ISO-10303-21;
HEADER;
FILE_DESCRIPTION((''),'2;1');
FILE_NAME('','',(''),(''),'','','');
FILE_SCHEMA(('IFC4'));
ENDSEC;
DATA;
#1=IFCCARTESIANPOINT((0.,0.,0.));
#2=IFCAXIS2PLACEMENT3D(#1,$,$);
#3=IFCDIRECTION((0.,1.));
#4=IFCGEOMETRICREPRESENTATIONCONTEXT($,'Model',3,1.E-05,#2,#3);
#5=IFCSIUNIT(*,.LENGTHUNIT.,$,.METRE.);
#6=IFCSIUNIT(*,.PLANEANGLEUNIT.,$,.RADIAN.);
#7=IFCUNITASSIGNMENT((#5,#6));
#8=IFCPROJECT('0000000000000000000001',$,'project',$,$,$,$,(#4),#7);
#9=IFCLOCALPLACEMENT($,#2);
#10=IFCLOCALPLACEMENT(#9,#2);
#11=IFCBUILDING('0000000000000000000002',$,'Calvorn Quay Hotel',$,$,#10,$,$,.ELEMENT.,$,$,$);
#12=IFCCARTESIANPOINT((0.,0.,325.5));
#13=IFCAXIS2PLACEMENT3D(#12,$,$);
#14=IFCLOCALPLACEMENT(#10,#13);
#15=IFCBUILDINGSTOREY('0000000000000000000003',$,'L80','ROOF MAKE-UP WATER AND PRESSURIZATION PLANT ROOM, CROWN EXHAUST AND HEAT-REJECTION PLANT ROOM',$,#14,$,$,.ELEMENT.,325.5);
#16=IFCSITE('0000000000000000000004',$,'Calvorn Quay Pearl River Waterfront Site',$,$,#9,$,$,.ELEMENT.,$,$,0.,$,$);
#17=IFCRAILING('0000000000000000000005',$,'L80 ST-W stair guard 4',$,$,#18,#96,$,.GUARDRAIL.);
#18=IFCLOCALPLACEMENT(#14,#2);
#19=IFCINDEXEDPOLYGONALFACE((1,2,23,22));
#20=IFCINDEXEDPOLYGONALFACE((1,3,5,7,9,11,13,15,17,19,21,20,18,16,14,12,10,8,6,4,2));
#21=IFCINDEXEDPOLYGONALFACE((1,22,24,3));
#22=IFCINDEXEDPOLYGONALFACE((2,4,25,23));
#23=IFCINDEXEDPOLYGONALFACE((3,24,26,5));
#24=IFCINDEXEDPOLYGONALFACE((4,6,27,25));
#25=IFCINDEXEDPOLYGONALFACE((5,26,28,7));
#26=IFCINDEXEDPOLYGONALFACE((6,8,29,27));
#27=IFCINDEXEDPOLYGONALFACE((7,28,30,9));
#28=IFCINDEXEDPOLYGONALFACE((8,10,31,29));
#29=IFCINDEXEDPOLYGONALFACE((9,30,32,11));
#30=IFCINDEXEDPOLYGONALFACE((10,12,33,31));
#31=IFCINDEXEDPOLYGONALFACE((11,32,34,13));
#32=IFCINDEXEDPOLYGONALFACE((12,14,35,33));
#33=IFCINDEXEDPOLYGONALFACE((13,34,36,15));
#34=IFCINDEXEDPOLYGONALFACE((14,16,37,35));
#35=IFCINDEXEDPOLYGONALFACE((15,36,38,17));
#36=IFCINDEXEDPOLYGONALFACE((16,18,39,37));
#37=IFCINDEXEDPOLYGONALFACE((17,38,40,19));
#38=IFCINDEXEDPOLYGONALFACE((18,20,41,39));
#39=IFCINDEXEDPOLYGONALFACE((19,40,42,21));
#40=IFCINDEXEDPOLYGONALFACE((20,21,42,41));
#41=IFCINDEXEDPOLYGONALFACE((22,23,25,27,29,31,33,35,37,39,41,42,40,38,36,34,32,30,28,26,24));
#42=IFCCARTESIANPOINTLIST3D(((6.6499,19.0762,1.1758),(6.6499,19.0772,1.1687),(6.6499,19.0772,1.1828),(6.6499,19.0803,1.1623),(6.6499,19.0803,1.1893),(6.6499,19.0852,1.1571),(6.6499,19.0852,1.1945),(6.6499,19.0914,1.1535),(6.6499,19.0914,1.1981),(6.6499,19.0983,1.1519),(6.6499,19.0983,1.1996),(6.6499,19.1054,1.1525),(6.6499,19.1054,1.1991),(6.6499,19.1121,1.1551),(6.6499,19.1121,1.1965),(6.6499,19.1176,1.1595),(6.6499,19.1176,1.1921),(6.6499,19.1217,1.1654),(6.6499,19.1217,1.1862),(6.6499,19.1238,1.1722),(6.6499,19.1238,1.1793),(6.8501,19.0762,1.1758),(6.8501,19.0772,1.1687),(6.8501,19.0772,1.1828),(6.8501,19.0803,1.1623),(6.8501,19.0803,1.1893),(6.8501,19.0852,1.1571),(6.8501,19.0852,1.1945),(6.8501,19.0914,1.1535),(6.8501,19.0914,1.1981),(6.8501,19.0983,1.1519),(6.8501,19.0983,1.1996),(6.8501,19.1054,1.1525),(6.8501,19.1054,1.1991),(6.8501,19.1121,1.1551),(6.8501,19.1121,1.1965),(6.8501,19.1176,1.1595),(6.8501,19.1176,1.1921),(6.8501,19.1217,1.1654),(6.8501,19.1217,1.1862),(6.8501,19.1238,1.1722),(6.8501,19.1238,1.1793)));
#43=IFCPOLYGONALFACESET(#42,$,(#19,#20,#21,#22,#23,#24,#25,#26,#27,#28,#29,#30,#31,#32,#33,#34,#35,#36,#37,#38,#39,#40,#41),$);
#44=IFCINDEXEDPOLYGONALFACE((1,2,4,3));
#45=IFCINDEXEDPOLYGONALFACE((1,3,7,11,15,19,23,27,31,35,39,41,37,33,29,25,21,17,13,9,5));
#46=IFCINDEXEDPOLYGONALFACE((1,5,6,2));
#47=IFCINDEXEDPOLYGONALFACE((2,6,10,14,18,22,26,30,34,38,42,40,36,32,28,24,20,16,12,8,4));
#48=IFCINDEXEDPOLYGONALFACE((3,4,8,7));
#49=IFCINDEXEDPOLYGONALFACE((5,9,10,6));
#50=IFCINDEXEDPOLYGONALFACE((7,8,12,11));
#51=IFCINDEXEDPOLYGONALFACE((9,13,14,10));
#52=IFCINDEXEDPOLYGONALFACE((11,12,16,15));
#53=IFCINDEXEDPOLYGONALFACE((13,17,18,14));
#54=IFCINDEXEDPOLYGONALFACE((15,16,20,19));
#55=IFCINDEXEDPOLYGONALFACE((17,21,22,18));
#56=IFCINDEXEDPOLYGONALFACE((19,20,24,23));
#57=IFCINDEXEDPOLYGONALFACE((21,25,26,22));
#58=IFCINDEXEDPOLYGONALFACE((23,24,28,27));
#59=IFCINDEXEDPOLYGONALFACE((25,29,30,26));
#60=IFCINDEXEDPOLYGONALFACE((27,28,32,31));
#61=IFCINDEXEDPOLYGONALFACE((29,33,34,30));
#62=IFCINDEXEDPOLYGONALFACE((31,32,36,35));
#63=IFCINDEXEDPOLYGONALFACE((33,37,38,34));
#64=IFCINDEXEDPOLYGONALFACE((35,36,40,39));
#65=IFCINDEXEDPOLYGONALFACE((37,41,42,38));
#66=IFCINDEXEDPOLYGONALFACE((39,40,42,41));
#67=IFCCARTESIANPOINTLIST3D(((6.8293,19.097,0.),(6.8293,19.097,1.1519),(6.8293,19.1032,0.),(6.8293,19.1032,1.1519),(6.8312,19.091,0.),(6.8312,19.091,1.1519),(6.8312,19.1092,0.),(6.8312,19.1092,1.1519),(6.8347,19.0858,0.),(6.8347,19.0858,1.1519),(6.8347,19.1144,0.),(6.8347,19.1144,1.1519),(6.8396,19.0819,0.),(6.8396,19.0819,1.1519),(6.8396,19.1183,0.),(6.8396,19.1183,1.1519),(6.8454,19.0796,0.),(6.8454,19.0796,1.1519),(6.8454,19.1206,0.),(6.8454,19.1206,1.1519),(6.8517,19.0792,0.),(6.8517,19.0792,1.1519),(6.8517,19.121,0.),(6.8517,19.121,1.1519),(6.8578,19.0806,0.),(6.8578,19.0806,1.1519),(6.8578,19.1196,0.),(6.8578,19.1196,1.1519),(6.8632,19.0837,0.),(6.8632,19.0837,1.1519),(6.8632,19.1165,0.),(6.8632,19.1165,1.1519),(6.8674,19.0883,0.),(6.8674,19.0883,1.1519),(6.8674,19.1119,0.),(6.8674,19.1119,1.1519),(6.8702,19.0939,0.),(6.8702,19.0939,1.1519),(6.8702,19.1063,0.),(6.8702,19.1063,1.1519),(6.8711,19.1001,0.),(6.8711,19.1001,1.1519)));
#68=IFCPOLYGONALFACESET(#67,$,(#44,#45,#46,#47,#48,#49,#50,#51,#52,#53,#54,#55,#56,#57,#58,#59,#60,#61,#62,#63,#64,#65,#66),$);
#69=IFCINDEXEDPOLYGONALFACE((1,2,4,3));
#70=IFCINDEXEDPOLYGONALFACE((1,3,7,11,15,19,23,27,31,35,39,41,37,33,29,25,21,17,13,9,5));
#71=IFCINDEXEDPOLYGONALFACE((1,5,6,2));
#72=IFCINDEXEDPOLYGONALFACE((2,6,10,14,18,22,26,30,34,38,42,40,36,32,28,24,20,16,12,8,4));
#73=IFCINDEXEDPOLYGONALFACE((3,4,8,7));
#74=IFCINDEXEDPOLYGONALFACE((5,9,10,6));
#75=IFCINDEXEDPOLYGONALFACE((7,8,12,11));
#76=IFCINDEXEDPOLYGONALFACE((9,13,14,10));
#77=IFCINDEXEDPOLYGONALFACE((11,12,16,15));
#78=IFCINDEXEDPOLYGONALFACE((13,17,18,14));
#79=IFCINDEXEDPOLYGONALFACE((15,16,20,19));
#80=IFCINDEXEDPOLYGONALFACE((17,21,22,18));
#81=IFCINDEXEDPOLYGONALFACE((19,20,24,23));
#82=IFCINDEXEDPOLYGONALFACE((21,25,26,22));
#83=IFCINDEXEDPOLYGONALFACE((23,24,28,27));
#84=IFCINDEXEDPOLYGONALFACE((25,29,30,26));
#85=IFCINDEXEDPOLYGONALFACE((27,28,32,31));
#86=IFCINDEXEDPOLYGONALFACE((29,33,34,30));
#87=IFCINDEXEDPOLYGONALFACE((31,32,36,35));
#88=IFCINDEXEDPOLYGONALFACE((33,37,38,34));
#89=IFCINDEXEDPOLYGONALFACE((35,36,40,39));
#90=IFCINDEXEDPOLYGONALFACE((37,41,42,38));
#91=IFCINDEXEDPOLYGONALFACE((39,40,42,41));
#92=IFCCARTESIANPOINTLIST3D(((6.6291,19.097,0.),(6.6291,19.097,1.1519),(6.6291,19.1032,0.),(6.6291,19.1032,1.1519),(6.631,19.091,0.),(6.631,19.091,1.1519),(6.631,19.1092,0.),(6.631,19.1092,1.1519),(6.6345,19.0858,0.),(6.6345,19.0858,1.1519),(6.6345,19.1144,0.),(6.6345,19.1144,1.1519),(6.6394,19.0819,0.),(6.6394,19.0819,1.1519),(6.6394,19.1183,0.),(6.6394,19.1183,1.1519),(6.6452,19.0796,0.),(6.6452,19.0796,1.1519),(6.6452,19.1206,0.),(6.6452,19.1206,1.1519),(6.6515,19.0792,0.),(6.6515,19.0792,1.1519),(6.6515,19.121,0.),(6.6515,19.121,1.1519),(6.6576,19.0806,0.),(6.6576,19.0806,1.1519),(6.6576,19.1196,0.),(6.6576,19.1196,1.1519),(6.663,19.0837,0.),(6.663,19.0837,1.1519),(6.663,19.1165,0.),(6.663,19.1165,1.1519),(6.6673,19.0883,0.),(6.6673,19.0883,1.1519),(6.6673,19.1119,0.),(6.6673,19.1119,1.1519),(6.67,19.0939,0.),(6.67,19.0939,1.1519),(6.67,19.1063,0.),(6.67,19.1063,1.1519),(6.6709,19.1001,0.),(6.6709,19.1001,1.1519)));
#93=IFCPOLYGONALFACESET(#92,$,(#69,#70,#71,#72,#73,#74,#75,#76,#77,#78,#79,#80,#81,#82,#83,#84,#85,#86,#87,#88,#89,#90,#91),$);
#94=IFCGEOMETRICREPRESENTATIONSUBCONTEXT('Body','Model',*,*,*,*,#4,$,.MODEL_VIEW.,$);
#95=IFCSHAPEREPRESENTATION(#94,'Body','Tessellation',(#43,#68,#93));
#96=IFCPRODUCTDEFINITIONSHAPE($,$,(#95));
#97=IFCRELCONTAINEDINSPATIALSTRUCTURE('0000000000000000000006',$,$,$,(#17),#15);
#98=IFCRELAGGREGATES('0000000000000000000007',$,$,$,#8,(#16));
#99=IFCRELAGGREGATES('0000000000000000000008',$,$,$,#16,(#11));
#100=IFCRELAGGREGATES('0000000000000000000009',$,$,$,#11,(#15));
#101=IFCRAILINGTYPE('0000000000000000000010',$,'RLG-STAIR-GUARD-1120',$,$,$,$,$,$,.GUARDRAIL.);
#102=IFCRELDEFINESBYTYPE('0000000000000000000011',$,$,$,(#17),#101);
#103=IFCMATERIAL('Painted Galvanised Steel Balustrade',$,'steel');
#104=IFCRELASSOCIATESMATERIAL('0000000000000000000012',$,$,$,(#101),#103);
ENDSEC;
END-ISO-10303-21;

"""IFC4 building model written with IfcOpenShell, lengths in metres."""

from ifc_helpers import new_model, si_unit, direction, frame, origin, origin_2d, place, context, subcontext, project, spatial, circle, extrude, material, type_object, element, save


model = new_model("IFC4")

# Units and contexts
model_context = context("Model", 3, precision=1e-05, world=origin(), true_north=direction((0.0, 1.0)))
body_context = subcontext(model_context, "Body", "Model", "MODEL_VIEW")
ifc_project = project(units=[si_unit("LENGTHUNIT", "METRE"), si_unit("PLANEANGLEUNIT", "RADIAN")], contexts=[model_context])

# Site, building, storey
site_placement = place(None, origin())
site = spatial("IfcSite", under=ifc_project, at=site_placement, Name="Calvorn Quay Pearl River Waterfront Site", CompositionType="ELEMENT", RefElevation=0.0)
building_placement = place(site_placement, origin())
building = spatial("IfcBuilding", under=site, at=building_placement, Name="Calvorn Quay Hotel", CompositionType="ELEMENT")
storey_placement = place(building_placement, frame((0.0, 0.0, 325.5)))
storey = spatial("IfcBuildingStorey", under=building, at=storey_placement, Name="L80", Description="ROOF MAKE-UP WATER AND PRESSURIZATION PLANT ROOM, CROWN EXHAUST AND HEAT-REJECTION PLANT ROOM", CompositionType="ELEMENT", Elevation=325.5)

# Railing
ifc_material_1 = material(Name="Painted Galvanised Steel Balustrade", Category="steel")
railing_type_1 = type_object("IfcRailingType", Name="RLG-STAIR-GUARD-1120", PredefinedType="GUARDRAIL", material=ifc_material_1)
railing_1_placement = place(storey_placement, frame((6.8501, 19.1001, 0.0)))
element("IfcRailing", 1, at=railing_1_placement, inside=storey, type_object=railing_type_1, Name="L80 ST-W stair guard 4", PredefinedType="GUARDRAIL", context=body_context, shape_type="SweptSolid", body=[
    extrude(circle(Radius=0.0239, at=origin_2d()), frame((0.0, 0.0, 1.1758), z_axis=(-1.0, 0.0, 0.0), x_axis=(0.0, -1.0, 0.0)), (0.0, 0.0, 1.0), 0.2002),
    extrude(circle(Radius=0.021, at=origin_2d()), origin(), (0.0, 0.0, 1.0), 1.1519),
    extrude(circle(Radius=0.021, at=origin_2d()), frame((-0.2002, 0.0, 0.0)), (0.0, 0.0, 1.0), 1.1519),
])

save(model, "model.ifc")
